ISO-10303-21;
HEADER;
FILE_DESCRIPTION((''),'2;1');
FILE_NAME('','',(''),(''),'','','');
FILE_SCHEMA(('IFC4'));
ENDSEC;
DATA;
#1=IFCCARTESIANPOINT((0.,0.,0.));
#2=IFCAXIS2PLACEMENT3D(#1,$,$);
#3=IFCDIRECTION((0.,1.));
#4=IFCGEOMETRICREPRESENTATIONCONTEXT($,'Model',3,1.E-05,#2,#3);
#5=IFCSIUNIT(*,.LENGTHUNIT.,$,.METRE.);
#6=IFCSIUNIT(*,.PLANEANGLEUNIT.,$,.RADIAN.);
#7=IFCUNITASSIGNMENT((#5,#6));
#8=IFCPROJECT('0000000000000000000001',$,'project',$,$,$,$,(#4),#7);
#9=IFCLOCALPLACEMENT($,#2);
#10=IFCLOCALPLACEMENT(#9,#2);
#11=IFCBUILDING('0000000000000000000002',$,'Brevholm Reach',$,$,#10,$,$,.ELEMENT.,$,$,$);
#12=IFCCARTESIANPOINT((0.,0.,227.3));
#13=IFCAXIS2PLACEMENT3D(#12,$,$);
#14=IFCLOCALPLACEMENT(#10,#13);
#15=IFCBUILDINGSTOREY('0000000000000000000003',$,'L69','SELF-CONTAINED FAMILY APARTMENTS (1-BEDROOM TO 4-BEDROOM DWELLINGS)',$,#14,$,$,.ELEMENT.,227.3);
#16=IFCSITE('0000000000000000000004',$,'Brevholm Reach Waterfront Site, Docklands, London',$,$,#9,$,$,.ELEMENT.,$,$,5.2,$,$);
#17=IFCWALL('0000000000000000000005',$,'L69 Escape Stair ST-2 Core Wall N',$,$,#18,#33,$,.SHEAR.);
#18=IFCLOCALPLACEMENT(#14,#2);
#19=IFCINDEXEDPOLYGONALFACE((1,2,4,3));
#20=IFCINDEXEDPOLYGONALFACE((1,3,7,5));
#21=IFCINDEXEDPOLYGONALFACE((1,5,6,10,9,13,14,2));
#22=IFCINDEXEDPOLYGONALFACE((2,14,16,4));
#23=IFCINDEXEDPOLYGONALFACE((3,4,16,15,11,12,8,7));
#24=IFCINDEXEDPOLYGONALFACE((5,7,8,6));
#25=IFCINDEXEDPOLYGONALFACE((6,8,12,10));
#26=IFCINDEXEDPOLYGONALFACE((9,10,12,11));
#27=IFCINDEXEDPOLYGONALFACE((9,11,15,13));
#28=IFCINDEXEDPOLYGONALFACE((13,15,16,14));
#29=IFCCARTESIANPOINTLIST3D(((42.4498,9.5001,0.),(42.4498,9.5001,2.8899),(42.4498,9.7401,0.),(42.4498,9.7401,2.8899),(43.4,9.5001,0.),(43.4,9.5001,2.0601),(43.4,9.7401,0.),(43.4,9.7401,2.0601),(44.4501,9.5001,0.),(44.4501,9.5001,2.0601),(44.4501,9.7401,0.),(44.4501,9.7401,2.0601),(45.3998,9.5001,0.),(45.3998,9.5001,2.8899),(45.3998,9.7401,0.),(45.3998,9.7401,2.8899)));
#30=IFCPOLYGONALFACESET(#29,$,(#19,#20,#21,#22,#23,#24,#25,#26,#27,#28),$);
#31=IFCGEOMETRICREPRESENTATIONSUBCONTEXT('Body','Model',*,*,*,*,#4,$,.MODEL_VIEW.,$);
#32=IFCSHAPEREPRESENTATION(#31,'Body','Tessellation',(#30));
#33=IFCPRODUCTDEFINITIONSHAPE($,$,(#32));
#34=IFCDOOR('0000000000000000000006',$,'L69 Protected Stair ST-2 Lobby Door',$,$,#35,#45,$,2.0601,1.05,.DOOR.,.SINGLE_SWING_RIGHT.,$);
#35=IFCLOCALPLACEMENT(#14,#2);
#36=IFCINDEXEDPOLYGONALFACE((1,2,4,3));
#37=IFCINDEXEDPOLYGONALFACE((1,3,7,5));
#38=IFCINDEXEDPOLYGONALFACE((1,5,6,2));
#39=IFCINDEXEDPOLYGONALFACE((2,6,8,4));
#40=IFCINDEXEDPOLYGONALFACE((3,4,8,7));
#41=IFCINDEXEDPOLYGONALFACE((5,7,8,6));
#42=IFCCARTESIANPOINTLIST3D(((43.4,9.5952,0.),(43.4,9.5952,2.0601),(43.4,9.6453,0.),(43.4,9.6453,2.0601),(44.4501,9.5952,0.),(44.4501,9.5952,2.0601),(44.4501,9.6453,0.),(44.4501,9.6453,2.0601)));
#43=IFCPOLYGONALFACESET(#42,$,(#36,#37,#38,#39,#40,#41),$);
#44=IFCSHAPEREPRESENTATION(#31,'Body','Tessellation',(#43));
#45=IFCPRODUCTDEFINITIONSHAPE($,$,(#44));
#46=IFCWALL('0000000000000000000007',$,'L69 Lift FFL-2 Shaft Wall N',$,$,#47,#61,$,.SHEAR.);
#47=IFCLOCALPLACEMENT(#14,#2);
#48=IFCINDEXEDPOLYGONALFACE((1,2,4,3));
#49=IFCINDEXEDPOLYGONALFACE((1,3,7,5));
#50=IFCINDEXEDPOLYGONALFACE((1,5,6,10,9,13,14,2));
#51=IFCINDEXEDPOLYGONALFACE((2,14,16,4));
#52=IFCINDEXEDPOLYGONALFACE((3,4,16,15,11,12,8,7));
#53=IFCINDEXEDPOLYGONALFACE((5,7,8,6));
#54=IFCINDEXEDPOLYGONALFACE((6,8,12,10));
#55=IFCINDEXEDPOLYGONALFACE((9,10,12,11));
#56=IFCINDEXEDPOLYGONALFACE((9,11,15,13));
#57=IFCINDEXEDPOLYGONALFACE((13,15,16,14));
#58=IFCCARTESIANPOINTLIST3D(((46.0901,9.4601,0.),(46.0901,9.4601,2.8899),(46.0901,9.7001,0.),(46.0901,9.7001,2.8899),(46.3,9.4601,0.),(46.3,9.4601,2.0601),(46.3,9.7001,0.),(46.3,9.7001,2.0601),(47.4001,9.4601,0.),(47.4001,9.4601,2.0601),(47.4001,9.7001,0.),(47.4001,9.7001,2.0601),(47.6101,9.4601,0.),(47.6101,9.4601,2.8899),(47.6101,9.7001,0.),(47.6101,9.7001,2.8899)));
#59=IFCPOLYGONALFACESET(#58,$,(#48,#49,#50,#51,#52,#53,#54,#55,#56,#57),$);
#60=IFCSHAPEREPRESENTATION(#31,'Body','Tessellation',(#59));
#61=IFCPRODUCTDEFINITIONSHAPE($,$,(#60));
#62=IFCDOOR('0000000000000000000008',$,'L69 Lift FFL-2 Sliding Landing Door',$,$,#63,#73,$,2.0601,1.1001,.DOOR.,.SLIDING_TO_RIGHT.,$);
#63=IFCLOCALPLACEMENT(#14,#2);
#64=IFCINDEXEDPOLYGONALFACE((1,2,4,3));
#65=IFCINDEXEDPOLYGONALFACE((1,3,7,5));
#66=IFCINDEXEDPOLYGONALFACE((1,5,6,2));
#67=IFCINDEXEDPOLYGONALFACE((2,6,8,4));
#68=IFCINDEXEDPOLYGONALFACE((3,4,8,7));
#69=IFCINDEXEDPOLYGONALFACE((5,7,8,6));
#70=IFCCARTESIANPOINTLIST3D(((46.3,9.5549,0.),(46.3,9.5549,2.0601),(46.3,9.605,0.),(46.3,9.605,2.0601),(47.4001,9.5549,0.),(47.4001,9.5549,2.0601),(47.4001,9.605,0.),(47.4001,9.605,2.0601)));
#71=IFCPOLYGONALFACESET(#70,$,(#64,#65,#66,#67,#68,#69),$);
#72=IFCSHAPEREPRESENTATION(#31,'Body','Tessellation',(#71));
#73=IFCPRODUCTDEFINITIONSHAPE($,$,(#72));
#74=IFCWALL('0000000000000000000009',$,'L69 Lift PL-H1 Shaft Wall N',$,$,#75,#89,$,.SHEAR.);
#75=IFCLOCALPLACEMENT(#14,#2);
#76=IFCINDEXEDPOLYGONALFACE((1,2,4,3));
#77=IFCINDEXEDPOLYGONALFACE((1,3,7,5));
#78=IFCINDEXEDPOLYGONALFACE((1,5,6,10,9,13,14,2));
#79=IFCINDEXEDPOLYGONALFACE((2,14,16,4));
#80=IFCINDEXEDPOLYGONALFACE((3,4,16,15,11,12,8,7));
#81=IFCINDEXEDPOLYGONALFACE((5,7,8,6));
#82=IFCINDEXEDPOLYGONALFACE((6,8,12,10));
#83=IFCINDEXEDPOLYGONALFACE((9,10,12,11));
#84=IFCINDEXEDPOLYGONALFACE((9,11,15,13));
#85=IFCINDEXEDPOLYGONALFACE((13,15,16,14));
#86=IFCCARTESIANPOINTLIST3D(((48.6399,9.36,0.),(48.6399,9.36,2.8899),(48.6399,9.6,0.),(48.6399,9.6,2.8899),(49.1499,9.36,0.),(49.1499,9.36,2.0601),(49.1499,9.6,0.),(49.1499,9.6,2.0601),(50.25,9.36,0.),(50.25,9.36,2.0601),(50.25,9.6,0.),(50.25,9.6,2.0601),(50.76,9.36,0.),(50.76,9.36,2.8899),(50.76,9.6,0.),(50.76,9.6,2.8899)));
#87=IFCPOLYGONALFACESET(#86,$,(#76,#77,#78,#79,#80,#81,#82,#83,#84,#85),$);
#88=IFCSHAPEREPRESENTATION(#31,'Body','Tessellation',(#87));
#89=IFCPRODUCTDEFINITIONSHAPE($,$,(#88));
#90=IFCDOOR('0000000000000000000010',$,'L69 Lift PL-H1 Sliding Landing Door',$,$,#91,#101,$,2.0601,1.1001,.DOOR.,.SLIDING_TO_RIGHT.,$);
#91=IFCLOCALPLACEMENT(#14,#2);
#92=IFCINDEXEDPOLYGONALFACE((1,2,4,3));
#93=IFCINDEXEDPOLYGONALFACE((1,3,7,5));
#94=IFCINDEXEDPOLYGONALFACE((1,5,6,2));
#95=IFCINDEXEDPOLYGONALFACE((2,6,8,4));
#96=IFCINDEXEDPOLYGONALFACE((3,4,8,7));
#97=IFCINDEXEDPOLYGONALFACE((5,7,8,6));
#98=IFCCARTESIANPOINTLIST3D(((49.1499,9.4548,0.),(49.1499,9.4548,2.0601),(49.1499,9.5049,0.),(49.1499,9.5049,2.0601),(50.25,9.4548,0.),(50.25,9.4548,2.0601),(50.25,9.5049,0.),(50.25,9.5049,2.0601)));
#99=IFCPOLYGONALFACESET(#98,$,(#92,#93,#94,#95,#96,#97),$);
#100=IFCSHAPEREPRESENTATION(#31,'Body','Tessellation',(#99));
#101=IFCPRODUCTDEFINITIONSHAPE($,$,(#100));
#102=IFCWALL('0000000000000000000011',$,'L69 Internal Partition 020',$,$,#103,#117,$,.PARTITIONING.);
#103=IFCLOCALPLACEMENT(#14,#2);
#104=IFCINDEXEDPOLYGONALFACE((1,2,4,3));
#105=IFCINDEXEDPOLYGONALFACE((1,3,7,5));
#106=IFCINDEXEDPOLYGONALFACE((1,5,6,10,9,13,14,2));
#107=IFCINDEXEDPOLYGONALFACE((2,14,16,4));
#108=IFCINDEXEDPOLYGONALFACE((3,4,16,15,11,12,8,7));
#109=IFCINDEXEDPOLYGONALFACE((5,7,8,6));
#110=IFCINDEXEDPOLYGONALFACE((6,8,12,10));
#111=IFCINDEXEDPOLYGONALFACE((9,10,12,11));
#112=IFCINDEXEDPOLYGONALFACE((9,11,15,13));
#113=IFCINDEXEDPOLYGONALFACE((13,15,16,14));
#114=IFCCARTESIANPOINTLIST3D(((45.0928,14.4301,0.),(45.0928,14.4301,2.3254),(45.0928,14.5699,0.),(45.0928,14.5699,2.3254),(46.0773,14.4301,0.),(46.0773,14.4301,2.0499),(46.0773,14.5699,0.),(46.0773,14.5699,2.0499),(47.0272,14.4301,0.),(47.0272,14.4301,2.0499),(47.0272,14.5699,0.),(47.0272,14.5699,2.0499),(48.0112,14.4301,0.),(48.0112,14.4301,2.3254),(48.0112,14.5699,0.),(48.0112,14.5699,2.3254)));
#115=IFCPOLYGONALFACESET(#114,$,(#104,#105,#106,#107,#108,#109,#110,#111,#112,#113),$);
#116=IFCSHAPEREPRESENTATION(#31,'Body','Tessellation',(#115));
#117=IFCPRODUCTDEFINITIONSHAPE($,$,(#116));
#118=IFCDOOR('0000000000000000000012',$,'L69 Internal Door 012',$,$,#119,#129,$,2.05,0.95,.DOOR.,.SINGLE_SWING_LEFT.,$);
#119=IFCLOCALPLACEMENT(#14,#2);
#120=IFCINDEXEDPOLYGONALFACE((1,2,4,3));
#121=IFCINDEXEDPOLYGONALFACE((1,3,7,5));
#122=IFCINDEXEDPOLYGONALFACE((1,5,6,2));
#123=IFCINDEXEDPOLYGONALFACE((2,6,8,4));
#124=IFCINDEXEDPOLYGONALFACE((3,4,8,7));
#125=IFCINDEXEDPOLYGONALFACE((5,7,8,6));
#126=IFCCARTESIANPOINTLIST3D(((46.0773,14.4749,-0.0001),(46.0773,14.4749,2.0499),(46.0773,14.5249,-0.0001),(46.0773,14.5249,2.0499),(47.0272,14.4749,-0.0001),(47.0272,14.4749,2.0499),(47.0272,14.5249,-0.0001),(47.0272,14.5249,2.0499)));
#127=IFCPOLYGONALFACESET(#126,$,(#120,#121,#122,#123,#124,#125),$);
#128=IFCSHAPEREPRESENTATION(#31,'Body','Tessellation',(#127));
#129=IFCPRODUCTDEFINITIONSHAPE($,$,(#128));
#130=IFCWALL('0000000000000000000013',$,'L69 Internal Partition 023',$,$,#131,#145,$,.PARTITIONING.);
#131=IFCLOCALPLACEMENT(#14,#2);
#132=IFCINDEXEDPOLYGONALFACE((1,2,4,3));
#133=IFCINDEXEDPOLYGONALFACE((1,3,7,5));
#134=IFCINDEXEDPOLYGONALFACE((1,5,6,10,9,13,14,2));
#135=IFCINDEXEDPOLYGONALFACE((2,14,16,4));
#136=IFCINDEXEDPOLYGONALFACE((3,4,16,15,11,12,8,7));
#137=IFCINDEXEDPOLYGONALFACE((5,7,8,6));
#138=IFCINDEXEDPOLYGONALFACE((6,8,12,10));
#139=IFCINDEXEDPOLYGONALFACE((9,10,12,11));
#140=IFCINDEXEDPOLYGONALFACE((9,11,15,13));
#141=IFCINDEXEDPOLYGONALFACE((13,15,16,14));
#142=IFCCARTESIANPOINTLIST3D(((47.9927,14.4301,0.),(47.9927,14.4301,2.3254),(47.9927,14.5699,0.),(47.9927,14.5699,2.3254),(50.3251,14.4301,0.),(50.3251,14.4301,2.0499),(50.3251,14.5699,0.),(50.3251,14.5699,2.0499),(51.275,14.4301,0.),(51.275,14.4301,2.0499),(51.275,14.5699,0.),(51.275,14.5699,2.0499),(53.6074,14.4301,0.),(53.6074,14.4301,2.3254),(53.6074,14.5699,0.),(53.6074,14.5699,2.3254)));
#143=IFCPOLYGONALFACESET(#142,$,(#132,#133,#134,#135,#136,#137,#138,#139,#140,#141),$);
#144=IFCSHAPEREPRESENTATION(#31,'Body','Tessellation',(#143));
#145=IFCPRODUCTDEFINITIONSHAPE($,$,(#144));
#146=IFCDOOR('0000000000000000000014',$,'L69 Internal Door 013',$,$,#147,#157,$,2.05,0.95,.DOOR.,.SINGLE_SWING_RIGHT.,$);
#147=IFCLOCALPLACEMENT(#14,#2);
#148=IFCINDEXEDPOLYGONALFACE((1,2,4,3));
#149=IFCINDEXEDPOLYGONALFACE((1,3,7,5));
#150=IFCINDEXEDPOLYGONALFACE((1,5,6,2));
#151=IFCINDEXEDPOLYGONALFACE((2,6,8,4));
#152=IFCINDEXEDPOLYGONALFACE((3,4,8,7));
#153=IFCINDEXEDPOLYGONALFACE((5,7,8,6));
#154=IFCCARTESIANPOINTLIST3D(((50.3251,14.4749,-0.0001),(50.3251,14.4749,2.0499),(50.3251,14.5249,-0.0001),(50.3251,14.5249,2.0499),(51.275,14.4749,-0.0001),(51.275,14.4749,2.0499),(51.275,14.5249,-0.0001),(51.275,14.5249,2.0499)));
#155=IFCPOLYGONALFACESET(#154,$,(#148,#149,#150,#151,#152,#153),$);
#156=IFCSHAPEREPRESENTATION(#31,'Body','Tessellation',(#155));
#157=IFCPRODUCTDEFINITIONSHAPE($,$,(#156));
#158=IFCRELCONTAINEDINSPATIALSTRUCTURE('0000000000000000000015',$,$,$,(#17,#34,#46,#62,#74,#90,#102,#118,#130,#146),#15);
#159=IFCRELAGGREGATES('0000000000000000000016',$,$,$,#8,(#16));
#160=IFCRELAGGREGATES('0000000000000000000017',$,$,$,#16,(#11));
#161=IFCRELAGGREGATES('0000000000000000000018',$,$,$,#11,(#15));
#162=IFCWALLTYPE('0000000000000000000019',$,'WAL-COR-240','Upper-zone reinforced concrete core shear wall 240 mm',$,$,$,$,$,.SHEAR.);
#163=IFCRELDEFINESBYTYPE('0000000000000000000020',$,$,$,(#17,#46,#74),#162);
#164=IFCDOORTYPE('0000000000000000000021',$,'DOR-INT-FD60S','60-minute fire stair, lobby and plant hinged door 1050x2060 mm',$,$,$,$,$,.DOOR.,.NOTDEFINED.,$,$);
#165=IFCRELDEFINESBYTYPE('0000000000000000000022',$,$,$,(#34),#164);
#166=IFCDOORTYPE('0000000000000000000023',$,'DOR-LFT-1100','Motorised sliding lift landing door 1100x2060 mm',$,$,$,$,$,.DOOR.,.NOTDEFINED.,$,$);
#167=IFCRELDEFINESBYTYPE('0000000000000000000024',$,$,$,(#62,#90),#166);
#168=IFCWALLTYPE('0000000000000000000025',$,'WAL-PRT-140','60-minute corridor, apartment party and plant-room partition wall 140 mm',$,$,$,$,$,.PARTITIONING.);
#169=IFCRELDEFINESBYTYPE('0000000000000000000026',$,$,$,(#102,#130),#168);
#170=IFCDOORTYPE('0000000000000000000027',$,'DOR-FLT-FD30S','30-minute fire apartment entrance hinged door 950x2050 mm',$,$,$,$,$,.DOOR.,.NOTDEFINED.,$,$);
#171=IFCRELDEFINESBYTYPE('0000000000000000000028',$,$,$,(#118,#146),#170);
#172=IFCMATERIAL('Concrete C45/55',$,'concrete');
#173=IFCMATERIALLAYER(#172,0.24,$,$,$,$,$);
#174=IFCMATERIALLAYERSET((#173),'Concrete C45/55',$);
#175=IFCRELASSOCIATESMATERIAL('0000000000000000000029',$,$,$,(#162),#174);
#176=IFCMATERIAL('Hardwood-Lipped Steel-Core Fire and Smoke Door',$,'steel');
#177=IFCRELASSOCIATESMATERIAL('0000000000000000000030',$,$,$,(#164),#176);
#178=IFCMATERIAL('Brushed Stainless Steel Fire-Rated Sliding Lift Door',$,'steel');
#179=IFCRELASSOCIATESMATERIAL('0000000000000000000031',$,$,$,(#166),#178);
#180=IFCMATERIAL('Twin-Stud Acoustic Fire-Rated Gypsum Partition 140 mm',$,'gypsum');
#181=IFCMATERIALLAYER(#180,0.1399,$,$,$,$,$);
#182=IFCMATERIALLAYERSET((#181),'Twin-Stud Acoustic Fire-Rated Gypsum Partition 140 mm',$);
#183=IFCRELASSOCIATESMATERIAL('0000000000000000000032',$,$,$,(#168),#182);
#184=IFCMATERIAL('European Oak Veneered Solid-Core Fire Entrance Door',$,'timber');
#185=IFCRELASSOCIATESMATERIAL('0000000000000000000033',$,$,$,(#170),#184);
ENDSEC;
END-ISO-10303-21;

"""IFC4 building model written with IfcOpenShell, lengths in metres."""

from ifc_helpers import new_model, si_unit, direction, frame, frame_2d, origin, place, context, subcontext, project, spatial, rectangle, extrude, material, layer, layer_set, type_object, element, fill, save


model = new_model("IFC4")

# Units and contexts
model_context = context("Model", 3, precision=1e-05, world=origin(), true_north=direction((0.0, 1.0)))
body_context = subcontext(model_context, "Body", "Model", "MODEL_VIEW")
ifc_project = project(units=[si_unit("LENGTHUNIT", "METRE"), si_unit("PLANEANGLEUNIT", "RADIAN")], contexts=[model_context])

# Site, building, storey
site_placement = place(None, origin())
site = spatial("IfcSite", under=ifc_project, at=site_placement, Name="Brevholm Reach Waterfront Site, Docklands, London", CompositionType="ELEMENT", RefElevation=5.2)
building_placement = place(site_placement, origin())
building = spatial("IfcBuilding", under=site, at=building_placement, Name="Brevholm Reach", CompositionType="ELEMENT")
storey_placement = place(building_placement, frame((0.0, 0.0, 227.3)))
storey = spatial("IfcBuildingStorey", under=building, at=storey_placement, Name="L69", Description="SELF-CONTAINED FAMILY APARTMENTS (1-BEDROOM TO 4-BEDROOM DWELLINGS)", CompositionType="ELEMENT", Elevation=227.3)

# Walls, openings, doors
ifc_material_1 = material(Name="Concrete C45/55", Category="concrete")
ifc_layer_1 = layer(ifc_material_1, 0.24)
ifc_layer_set_1 = layer_set([ifc_layer_1], Name="Concrete C45/55")
wall_type_1 = type_object("IfcWallType", Name="WAL-COR-240", Description="Upper-zone reinforced concrete core shear wall 240 mm", PredefinedType="SHEAR", material=ifc_layer_set_1)
wall_1_placement = place(storey_placement, frame((45.3999, 9.6201, 0.0), z_axis=(0.0, 0.0, 1.0), x_axis=(-1.0, 0.0, 0.0)))
wall_1 = element("IfcWall", 1, at=wall_1_placement, inside=storey, type_object=wall_type_1, Name="L69 Escape Stair ST-2 Core Wall N", PredefinedType="SHEAR", context=body_context, shape_type="SweptSolid", body=[
    extrude(rectangle(XDim=2.95, YDim=0.24, at=frame_2d((1.4751, 0.0))), origin(), (0.0, 0.0, 1.0), 2.8899),
])
opening_1_placement = place(wall_1_placement, frame((0.95, 0.0, 0.0)))
opening_1 = element("IfcOpeningElement", 2, at=opening_1_placement, cuts=wall_1, PredefinedType="OPENING", context=body_context, shape_type="SweptSolid", body=[
    extrude(rectangle(XDim=1.05, YDim=2.0601, at=frame_2d((0.5249, 1.03))), frame((0.0, 0.1299, 0.0), z_axis=(0.0, -1.0, 0.0), x_axis=(1.0, 0.0, 0.0)), (0.0, 0.0, 1.0), 0.26),
])
ifc_material_2 = material(Name="Hardwood-Lipped Steel-Core Fire and Smoke Door", Category="steel")
door_type_1 = type_object("IfcDoorType", Name="DOR-INT-FD60S", Description="60-minute fire stair, lobby and plant hinged door 1050x2060 mm", OperationType="NOTDEFINED", PredefinedType="DOOR", material=ifc_material_2)
door_1_placement = place(opening_1_placement, origin())
door_1 = element("IfcDoor", 3, at=door_1_placement, inside=storey, type_object=door_type_1, Name="L69 Protected Stair ST-2 Lobby Door", OperationType="SINGLE_SWING_RIGHT", OverallHeight=2.0601, OverallWidth=1.05, PredefinedType="DOOR", context=body_context, shape_type="SweptSolid", body=[
    extrude(rectangle(XDim=1.05, YDim=2.0601, at=frame_2d((0.5249, 1.03))), frame((0.0, 0.0249, 0.0), z_axis=(0.0, -1.0, 0.0), x_axis=(1.0, 0.0, 0.0)), (0.0, 0.0, 1.0), 0.05),
])
fill(opening_1, door_1)
wall_2_placement = place(storey_placement, frame((46.0901, 9.5801, 0.0), z_axis=(0.0, 0.0, 1.0), x_axis=(1.0, 0.0, 0.0)))
wall_2 = element("IfcWall", 4, at=wall_2_placement, inside=storey, type_object=wall_type_1, Name="L69 Lift FFL-2 Shaft Wall N", PredefinedType="SHEAR", context=body_context, shape_type="SweptSolid", body=[
    extrude(rectangle(XDim=1.52, YDim=0.24, at=frame_2d((0.76, 0.0))), origin(), (0.0, 0.0, 1.0), 2.8899),
])
opening_2_placement = place(wall_2_placement, frame((0.21, 0.0, 0.0)))
opening_2 = element("IfcOpeningElement", 5, at=opening_2_placement, cuts=wall_2, PredefinedType="OPENING", context=body_context, shape_type="SweptSolid", body=[
    extrude(rectangle(XDim=1.1001, YDim=2.0601, at=frame_2d((0.55, 1.03))), frame((0.0, 0.1299, 0.0), z_axis=(0.0, -1.0, 0.0), x_axis=(1.0, 0.0, 0.0)), (0.0, 0.0, 1.0), 0.26),
])
ifc_material_3 = material(Name="Brushed Stainless Steel Fire-Rated Sliding Lift Door", Category="steel")
door_type_2 = type_object("IfcDoorType", Name="DOR-LFT-1100", Description="Motorised sliding lift landing door 1100x2060 mm", OperationType="NOTDEFINED", PredefinedType="DOOR", material=ifc_material_3)
door_2_placement = place(opening_2_placement, origin())
door_2 = element("IfcDoor", 6, at=door_2_placement, inside=storey, type_object=door_type_2, Name="L69 Lift FFL-2 Sliding Landing Door", OperationType="SLIDING_TO_RIGHT", OverallHeight=2.0601, OverallWidth=1.1001, PredefinedType="DOOR", context=body_context, shape_type="SweptSolid", body=[
    extrude(rectangle(XDim=1.1001, YDim=2.0601, at=frame_2d((0.55, 1.03))), frame((0.0, 0.0249, 0.0), z_axis=(0.0, -1.0, 0.0), x_axis=(1.0, 0.0, 0.0)), (0.0, 0.0, 1.0), 0.05),
])
fill(opening_2, door_2)
wall_3_placement = place(storey_placement, frame((48.6399, 9.48, 0.0), z_axis=(0.0, 0.0, 1.0), x_axis=(1.0, 0.0, 0.0)))
wall_3 = element("IfcWall", 7, at=wall_3_placement, inside=storey, type_object=wall_type_1, Name="L69 Lift PL-H1 Shaft Wall N", PredefinedType="SHEAR", context=body_context, shape_type="SweptSolid", body=[
    extrude(rectangle(XDim=2.1201, YDim=0.24, at=frame_2d((1.0601, 0.0))), origin(), (0.0, 0.0, 1.0), 2.8899),
])
opening_3_placement = place(wall_3_placement, frame((0.51, 0.0, 0.0)))
opening_3 = element("IfcOpeningElement", 8, at=opening_3_placement, cuts=wall_3, PredefinedType="OPENING", context=body_context, shape_type="SweptSolid", body=[
    extrude(rectangle(XDim=1.1001, YDim=2.0601, at=frame_2d((0.55, 1.03))), frame((0.0, 0.1299, 0.0), z_axis=(0.0, -1.0, 0.0), x_axis=(1.0, 0.0, 0.0)), (0.0, 0.0, 1.0), 0.26),
])
door_3_placement = place(opening_3_placement, origin())
door_3 = element("IfcDoor", 9, at=door_3_placement, inside=storey, type_object=door_type_2, Name="L69 Lift PL-H1 Sliding Landing Door", OperationType="SLIDING_TO_RIGHT", OverallHeight=2.0601, OverallWidth=1.1001, PredefinedType="DOOR", context=body_context, shape_type="SweptSolid", body=[
    extrude(rectangle(XDim=1.1001, YDim=2.0601, at=frame_2d((0.55, 1.03))), frame((0.0, 0.0249, 0.0), z_axis=(0.0, -1.0, 0.0), x_axis=(1.0, 0.0, 0.0)), (0.0, 0.0, 1.0), 0.05),
])
fill(opening_3, door_3)
ifc_material_4 = material(Name="Twin-Stud Acoustic Fire-Rated Gypsum Partition 140 mm", Category="gypsum")
ifc_layer_2 = layer(ifc_material_4, 0.1399)
ifc_layer_set_2 = layer_set([ifc_layer_2], Name="Twin-Stud Acoustic Fire-Rated Gypsum Partition 140 mm")
wall_type_2 = type_object("IfcWallType", Name="WAL-PRT-140", Description="60-minute corridor, apartment party and plant-room partition wall 140 mm", PredefinedType="PARTITIONING", material=ifc_layer_set_2)
wall_4_placement = place(storey_placement, frame((45.0928, 14.5, 0.0), z_axis=(0.0, 0.0, 1.0), x_axis=(1.0, 0.0, 0.0)))
wall_4 = element("IfcWall", 10, at=wall_4_placement, inside=storey, type_object=wall_type_2, Name="L69 Internal Partition 020", PredefinedType="PARTITIONING", context=body_context, shape_type="SweptSolid", body=[
    extrude(rectangle(XDim=2.9185, YDim=0.1399, at=frame_2d((1.4592, 0.0))), origin(), (0.0, 0.0, 1.0), 2.3254),
])
opening_4_placement = place(wall_4_placement, frame((0.9844, 0.0, 0.0)))
opening_4 = element("IfcOpeningElement", 11, at=opening_4_placement, cuts=wall_4, PredefinedType="OPENING", context=body_context, shape_type="SweptSolid", body=[
    extrude(rectangle(XDim=0.95, YDim=2.05, at=frame_2d((0.4751, 1.0249))), frame((0.0, 0.0798, 0.0), z_axis=(0.0, -1.0, 0.0), x_axis=(1.0, 0.0, 0.0)), (0.0, 0.0, 1.0), 0.1599),
])
ifc_material_5 = material(Name="European Oak Veneered Solid-Core Fire Entrance Door", Category="timber")
door_type_3 = type_object("IfcDoorType", Name="DOR-FLT-FD30S", Description="30-minute fire apartment entrance hinged door 950x2050 mm", OperationType="NOTDEFINED", PredefinedType="DOOR", material=ifc_material_5)
door_4_placement = place(opening_4_placement, origin())
door_4 = element("IfcDoor", 12, at=door_4_placement, inside=storey, type_object=door_type_3, Name="L69 Internal Door 012", OperationType="SINGLE_SWING_LEFT", OverallHeight=2.05, OverallWidth=0.95, PredefinedType="DOOR", context=body_context, shape_type="SweptSolid", body=[
    extrude(rectangle(XDim=0.95, YDim=2.05, at=frame_2d((0.4751, 1.0249))), frame((0.0, 0.0249, 0.0), z_axis=(0.0, -1.0, 0.0), x_axis=(1.0, 0.0, 0.0)), (0.0, 0.0, 1.0), 0.05),
])
fill(opening_4, door_4)
wall_5_placement = place(storey_placement, frame((47.9927, 14.5, 0.0), z_axis=(0.0, 0.0, 1.0), x_axis=(1.0, 0.0, 0.0)))
wall_5 = element("IfcWall", 13, at=wall_5_placement, inside=storey, type_object=wall_type_2, Name="L69 Internal Partition 023", PredefinedType="PARTITIONING", context=body_context, shape_type="SweptSolid", body=[
    extrude(rectangle(XDim=5.6147, YDim=0.1399, at=frame_2d((2.8074, 0.0))), origin(), (0.0, 0.0, 1.0), 2.3254),
])
opening_5_placement = place(wall_5_placement, frame((2.3323, 0.0, 0.0)))
opening_5 = element("IfcOpeningElement", 14, at=opening_5_placement, cuts=wall_5, PredefinedType="OPENING", context=body_context, shape_type="SweptSolid", body=[
    extrude(rectangle(XDim=0.95, YDim=2.05, at=frame_2d((0.4751, 1.0249))), frame((0.0, 0.0798, 0.0), z_axis=(0.0, -1.0, 0.0), x_axis=(1.0, 0.0, 0.0)), (0.0, 0.0, 1.0), 0.1599),
])
door_5_placement = place(opening_5_placement, origin())
door_5 = element("IfcDoor", 15, at=door_5_placement, inside=storey, type_object=door_type_3, Name="L69 Internal Door 013", OperationType="SINGLE_SWING_RIGHT", OverallHeight=2.05, OverallWidth=0.95, PredefinedType="DOOR", context=body_context, shape_type="SweptSolid", body=[
    extrude(rectangle(XDim=0.95, YDim=2.05, at=frame_2d((0.4751, 1.0249))), frame((0.0, 0.0249, 0.0), z_axis=(0.0, -1.0, 0.0), x_axis=(1.0, 0.0, 0.0)), (0.0, 0.0, 1.0), 0.05),
])
fill(opening_5, door_5)

save(model, "model.ifc")
